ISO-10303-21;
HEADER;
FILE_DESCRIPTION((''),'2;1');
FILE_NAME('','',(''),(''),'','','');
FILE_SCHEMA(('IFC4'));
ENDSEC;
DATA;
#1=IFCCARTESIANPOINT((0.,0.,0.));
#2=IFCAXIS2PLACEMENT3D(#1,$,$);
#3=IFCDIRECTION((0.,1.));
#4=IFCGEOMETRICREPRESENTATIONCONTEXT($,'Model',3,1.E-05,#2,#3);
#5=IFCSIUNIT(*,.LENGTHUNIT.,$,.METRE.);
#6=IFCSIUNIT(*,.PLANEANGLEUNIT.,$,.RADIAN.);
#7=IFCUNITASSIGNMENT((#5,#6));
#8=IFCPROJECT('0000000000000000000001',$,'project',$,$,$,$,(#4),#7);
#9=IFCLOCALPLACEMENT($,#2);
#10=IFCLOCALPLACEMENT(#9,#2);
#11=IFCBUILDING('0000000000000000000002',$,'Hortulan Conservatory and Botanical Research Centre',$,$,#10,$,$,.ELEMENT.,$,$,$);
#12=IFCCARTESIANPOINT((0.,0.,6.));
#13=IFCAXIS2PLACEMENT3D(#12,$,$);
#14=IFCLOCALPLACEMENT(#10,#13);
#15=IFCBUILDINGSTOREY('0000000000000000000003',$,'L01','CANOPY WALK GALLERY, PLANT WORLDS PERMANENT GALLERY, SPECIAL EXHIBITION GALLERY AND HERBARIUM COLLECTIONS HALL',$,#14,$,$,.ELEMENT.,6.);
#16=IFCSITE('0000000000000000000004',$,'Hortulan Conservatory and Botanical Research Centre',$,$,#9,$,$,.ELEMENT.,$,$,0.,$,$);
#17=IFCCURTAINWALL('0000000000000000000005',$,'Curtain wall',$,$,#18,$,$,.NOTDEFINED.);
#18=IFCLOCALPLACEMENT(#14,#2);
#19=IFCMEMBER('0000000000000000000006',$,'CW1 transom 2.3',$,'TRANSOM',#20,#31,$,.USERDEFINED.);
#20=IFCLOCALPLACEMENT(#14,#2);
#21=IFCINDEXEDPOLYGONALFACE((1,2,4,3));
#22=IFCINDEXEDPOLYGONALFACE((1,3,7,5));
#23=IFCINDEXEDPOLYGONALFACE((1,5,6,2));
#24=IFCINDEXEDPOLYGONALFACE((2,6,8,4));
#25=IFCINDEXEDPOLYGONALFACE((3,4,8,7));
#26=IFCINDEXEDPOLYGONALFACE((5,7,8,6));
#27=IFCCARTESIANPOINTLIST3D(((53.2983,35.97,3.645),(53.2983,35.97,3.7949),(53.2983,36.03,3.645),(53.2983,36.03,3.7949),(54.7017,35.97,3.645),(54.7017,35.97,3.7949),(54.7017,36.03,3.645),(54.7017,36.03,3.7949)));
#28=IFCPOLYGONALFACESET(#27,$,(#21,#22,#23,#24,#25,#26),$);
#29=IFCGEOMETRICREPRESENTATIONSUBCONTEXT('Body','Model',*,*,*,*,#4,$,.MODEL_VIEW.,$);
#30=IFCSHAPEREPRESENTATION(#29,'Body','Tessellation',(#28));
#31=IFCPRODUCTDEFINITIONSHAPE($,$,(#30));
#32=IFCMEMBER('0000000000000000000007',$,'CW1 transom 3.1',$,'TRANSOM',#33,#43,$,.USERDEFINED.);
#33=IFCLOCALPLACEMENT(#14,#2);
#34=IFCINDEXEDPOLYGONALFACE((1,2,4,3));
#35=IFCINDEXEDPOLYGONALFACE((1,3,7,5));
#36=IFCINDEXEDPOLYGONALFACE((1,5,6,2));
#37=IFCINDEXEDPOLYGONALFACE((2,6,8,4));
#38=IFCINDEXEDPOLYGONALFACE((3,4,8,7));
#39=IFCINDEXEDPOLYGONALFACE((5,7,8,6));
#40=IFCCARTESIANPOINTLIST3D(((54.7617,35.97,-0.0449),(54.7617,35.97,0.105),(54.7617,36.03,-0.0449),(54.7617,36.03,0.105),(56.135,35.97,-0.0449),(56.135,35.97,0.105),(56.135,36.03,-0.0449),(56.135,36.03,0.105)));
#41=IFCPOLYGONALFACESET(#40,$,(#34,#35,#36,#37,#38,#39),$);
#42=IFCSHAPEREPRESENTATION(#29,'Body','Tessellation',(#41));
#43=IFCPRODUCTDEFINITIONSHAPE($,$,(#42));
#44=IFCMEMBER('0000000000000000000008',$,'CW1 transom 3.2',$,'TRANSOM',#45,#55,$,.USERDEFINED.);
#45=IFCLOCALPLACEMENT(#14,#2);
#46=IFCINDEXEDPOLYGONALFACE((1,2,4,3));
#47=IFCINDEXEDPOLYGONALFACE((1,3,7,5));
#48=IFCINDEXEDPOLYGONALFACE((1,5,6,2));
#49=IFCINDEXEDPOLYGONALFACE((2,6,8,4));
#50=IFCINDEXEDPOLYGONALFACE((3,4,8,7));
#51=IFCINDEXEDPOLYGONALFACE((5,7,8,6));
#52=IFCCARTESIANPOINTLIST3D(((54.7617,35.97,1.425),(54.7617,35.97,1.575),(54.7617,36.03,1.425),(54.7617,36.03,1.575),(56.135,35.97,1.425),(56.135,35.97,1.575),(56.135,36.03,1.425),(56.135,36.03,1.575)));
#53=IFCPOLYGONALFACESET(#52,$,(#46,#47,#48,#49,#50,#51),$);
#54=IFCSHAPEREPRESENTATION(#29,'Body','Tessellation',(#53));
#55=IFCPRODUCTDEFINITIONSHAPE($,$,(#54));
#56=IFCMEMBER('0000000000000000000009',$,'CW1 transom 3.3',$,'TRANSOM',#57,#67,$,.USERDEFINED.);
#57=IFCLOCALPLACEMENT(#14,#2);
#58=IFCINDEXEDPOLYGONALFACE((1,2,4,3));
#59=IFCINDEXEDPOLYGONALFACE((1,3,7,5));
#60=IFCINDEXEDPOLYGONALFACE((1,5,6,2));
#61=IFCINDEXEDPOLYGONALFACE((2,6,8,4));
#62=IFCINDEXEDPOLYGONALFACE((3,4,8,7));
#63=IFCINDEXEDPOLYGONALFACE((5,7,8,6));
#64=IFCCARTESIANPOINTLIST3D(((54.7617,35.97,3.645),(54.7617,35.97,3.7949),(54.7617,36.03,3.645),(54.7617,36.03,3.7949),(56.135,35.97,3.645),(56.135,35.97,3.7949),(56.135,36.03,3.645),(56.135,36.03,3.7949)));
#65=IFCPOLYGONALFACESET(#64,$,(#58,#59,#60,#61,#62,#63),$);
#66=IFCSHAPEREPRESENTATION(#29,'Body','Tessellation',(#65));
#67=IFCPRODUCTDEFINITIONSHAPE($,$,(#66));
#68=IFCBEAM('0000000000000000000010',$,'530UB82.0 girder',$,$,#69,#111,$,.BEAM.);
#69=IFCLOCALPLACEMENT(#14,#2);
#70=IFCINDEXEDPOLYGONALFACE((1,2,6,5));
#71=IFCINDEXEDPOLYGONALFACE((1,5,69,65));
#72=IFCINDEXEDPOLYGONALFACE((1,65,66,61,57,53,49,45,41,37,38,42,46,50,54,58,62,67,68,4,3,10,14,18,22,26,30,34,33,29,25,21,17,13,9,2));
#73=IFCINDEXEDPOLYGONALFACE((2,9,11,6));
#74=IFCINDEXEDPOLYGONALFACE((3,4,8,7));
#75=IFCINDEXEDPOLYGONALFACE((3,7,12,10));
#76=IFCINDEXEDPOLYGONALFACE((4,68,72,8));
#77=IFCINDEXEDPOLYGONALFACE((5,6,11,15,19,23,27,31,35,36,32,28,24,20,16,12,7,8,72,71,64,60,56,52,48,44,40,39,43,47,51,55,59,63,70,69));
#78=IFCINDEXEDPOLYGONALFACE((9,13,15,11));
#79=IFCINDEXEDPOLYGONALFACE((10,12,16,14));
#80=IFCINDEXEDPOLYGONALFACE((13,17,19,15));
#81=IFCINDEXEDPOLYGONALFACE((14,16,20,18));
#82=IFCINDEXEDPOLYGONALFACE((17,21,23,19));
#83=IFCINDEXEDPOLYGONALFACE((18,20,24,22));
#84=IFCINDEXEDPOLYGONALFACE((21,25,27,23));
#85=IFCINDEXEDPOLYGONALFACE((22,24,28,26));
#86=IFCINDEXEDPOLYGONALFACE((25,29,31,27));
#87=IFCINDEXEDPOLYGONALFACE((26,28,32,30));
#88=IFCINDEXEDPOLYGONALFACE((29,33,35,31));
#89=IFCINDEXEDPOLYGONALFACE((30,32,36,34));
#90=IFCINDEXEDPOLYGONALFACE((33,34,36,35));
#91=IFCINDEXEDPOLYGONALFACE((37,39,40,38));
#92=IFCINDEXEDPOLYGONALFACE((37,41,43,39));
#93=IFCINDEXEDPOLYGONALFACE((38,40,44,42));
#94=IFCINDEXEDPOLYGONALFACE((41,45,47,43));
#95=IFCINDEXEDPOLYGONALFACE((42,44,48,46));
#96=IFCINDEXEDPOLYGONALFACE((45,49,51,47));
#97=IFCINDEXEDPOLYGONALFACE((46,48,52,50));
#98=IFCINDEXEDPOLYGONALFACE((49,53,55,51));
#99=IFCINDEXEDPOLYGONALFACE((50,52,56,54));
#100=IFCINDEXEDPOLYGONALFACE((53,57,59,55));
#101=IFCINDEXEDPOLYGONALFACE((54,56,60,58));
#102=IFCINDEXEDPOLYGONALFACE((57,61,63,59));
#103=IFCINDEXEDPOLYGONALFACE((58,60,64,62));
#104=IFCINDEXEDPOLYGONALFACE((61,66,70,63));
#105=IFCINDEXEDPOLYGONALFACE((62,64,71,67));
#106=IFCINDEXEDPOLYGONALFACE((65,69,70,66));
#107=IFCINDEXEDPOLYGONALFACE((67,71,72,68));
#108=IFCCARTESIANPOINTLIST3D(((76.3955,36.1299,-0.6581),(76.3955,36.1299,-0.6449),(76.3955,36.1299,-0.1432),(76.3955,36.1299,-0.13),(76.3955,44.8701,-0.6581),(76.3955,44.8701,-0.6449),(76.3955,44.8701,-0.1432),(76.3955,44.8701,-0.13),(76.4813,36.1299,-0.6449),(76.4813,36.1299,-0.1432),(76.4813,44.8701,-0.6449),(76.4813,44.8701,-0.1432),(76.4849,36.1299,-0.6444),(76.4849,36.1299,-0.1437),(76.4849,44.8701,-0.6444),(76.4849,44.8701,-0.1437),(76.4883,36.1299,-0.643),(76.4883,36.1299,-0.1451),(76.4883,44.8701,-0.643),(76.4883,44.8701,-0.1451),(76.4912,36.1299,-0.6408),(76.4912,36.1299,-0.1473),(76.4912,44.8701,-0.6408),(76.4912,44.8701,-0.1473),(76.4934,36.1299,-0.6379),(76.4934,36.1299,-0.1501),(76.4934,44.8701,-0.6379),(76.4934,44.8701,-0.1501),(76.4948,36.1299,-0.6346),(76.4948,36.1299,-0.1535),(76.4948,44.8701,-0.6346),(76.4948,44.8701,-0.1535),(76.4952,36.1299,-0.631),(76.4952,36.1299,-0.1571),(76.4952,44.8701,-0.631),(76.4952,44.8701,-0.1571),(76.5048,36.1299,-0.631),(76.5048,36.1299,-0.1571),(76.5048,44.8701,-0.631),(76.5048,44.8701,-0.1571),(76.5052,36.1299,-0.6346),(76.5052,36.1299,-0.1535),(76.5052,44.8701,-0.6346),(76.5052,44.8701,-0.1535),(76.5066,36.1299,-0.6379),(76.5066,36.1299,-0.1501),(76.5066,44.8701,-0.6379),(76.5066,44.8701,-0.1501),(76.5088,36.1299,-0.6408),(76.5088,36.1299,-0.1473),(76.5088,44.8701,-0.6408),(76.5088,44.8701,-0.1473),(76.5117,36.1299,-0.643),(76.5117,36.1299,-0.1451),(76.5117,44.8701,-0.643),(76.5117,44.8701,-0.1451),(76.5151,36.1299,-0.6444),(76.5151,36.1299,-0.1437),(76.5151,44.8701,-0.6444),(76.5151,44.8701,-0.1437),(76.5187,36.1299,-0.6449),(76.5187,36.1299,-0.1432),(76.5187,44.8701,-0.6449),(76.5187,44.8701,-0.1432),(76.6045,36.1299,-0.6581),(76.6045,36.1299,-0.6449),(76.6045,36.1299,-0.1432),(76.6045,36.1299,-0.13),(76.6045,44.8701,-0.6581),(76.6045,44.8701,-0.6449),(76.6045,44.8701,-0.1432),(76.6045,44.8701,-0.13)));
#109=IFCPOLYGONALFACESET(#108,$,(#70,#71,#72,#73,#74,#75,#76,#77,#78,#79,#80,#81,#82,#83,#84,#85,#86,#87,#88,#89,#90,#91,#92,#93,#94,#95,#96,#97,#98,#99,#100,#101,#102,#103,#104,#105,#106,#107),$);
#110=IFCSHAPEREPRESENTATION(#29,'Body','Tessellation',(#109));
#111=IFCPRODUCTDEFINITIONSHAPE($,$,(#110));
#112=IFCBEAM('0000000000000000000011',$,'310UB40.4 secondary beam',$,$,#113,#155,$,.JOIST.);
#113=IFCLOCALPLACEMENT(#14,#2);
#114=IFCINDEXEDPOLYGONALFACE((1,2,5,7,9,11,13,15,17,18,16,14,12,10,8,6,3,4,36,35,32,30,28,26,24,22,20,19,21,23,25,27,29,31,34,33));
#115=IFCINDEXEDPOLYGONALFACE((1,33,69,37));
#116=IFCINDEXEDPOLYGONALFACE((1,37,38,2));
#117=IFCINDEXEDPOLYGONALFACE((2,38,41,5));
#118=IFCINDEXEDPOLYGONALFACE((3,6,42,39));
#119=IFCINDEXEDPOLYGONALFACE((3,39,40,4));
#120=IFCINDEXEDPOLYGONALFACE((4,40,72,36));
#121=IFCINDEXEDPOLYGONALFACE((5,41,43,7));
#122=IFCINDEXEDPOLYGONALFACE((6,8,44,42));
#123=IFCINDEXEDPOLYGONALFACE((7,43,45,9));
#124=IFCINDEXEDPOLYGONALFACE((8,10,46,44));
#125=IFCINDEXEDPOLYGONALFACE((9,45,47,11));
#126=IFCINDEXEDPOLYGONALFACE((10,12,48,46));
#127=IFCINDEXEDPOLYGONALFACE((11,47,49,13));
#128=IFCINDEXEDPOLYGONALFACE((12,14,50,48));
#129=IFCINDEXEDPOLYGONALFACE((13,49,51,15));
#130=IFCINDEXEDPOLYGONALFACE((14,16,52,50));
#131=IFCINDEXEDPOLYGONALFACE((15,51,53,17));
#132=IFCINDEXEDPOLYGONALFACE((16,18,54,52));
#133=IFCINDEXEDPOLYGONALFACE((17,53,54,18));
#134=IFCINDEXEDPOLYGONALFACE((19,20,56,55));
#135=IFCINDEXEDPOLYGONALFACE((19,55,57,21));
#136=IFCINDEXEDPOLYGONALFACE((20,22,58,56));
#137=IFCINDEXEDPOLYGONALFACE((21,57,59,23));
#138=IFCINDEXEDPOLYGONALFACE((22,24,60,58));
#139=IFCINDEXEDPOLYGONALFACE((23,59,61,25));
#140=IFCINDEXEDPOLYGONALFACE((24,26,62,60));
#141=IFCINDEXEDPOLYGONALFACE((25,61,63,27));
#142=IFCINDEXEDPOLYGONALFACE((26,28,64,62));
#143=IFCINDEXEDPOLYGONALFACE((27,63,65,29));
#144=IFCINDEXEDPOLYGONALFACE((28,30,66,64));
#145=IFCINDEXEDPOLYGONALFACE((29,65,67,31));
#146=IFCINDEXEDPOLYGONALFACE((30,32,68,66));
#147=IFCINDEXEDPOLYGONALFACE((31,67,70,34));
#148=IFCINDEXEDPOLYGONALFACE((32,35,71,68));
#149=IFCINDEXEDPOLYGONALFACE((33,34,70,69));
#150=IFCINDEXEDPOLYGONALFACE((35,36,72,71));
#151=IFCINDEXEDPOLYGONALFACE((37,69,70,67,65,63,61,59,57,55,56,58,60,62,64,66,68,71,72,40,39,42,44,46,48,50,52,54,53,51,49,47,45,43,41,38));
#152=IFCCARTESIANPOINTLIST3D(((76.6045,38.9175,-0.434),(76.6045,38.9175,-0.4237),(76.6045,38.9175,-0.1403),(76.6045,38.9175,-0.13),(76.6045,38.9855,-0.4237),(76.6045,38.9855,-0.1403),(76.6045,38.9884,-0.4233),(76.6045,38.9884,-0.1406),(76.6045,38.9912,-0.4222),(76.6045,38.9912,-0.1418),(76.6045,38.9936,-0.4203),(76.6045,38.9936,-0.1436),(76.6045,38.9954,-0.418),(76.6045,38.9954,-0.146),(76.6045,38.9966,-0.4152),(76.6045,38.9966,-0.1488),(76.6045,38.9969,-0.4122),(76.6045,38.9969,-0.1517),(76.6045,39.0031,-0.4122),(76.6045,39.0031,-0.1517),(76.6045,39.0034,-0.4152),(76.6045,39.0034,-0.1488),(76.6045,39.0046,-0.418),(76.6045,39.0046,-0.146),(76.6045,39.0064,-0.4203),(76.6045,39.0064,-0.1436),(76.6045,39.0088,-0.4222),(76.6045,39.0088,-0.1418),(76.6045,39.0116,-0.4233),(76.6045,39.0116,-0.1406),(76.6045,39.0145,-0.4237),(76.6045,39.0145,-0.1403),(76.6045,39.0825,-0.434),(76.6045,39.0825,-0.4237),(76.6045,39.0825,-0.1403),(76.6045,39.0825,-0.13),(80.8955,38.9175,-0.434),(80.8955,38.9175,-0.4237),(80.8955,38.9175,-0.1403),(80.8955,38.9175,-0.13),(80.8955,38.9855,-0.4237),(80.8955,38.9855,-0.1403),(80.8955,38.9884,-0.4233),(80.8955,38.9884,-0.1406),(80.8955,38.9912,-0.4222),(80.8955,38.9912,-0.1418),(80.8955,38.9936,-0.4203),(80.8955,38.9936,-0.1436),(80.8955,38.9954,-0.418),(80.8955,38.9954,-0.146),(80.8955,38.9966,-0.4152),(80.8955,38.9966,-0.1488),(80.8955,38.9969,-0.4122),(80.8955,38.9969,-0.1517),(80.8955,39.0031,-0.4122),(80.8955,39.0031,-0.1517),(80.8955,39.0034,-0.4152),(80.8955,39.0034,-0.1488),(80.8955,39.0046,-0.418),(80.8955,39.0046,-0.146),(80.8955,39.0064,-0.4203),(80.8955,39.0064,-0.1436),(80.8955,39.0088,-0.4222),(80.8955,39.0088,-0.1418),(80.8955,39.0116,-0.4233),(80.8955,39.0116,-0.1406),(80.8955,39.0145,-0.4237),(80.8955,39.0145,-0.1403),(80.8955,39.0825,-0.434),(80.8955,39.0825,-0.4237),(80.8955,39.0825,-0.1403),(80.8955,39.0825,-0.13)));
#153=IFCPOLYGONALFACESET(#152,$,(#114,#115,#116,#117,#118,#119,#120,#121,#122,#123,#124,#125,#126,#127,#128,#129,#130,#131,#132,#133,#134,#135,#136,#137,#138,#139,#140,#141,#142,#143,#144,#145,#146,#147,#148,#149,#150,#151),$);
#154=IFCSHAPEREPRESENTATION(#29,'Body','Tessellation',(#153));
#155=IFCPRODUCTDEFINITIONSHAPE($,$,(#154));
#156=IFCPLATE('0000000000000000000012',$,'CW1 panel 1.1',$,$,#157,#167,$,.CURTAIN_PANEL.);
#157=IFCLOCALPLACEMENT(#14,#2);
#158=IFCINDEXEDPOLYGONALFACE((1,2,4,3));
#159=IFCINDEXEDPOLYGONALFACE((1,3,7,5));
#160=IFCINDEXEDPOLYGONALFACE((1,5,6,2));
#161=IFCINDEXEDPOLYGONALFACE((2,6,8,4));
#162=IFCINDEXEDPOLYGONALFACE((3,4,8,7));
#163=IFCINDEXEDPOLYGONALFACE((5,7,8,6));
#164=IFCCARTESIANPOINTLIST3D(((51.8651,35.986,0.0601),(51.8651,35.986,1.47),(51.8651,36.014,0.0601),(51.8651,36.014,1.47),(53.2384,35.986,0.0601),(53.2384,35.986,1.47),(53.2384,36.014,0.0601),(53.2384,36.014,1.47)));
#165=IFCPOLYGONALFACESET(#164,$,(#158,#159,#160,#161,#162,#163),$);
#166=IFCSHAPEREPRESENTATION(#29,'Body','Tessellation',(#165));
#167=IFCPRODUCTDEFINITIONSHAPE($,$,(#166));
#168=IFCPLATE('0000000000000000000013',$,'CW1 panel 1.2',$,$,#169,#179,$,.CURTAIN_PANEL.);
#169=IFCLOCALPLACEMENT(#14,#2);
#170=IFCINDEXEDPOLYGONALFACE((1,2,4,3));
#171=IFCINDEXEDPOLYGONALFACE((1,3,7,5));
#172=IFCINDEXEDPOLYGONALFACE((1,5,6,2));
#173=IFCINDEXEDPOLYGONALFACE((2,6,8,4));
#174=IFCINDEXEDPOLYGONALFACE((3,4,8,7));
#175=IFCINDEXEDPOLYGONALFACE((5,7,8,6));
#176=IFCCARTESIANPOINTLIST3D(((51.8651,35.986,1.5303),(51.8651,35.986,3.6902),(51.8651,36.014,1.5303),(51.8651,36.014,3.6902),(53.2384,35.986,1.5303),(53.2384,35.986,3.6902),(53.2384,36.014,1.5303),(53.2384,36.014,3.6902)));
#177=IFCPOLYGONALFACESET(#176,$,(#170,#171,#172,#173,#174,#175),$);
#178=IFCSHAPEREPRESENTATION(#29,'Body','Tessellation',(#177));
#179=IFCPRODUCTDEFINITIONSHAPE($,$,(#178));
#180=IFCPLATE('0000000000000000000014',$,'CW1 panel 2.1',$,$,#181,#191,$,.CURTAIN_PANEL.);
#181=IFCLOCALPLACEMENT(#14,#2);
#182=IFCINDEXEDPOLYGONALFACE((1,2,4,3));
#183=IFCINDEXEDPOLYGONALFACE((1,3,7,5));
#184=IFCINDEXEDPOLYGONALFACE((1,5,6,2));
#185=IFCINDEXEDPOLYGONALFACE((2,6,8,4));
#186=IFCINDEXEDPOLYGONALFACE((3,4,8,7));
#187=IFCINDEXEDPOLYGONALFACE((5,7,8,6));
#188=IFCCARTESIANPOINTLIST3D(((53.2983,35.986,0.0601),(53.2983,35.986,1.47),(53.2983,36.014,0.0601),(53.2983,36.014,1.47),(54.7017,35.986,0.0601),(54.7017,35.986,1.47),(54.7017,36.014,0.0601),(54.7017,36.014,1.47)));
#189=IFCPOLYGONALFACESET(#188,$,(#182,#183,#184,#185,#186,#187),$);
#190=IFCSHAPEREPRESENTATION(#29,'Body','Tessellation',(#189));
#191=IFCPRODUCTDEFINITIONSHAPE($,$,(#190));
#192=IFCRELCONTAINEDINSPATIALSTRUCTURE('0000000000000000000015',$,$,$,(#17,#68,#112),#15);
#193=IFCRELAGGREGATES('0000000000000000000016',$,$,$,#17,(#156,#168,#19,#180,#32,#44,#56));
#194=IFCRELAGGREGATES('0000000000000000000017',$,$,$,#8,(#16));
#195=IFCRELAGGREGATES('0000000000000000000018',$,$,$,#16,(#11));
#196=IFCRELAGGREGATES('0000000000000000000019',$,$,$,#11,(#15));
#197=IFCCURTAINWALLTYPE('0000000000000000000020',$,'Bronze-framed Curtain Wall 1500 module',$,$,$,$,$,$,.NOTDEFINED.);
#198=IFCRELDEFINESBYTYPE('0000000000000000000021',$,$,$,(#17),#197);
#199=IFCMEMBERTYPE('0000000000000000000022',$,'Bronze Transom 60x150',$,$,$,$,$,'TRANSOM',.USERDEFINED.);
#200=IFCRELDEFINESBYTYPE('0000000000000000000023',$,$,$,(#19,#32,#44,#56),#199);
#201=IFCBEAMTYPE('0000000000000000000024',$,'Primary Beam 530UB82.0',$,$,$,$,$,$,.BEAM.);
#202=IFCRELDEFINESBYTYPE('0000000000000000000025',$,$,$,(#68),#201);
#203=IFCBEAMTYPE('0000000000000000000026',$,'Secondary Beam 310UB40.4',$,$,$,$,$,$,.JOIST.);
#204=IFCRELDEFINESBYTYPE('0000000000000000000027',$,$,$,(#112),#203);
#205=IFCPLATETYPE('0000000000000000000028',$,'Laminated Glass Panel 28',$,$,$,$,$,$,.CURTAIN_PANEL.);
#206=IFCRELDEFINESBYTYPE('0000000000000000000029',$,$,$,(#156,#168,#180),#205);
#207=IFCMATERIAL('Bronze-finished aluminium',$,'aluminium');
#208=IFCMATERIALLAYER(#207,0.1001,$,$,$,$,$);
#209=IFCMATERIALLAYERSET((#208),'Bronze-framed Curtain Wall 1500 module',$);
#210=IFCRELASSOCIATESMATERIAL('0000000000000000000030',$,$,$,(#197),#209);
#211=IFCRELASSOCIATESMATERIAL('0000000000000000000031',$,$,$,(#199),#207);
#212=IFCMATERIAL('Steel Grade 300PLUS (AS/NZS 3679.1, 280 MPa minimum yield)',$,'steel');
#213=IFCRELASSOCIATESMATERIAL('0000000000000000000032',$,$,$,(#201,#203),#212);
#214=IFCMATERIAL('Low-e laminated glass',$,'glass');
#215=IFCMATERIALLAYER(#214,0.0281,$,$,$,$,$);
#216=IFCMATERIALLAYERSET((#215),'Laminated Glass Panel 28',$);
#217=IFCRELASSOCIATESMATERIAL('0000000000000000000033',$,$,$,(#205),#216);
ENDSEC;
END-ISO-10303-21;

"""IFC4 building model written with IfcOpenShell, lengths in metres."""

from ifc_helpers import new_model, si_unit, direction, frame, origin, origin_2d, place, context, subcontext, project, spatial, rectangle, i_section, extrude, material, layer, layer_set, material_profile, profile_set, type_object, element, aggregate, save


model = new_model("IFC4")

# Units and contexts
model_context = context("Model", 3, precision=1e-05, world=origin(), true_north=direction((0.0, 1.0)))
body_context = subcontext(model_context, "Body", "Model", "MODEL_VIEW")
ifc_project = project(units=[si_unit("LENGTHUNIT", "METRE"), si_unit("PLANEANGLEUNIT", "RADIAN")], contexts=[model_context])

# Site, building, storey
site_placement = place(None, origin())
site = spatial("IfcSite", under=ifc_project, at=site_placement, Name="Hortulan Conservatory and Botanical Research Centre", CompositionType="ELEMENT", RefElevation=0.0)
building_placement = place(site_placement, origin())
building = spatial("IfcBuilding", under=site, at=building_placement, Name="Hortulan Conservatory and Botanical Research Centre", CompositionType="ELEMENT")
storey_placement = place(building_placement, frame((0.0, 0.0, 6.0)))
storey = spatial("IfcBuildingStorey", under=building, at=storey_placement, Name="L01", Description="CANOPY WALK GALLERY, PLANT WORLDS PERMANENT GALLERY, SPECIAL EXHIBITION GALLERY AND HERBARIUM COLLECTIONS HALL", CompositionType="ELEMENT", Elevation=6.0)

# Shared definitions
ifc_material_1 = material(Name="Steel Grade 300PLUS (AS/NZS 3679.1, 280 MPa minimum yield)", Category="steel")

# Curtain wall, members
ifc_material_2 = material(Name="Bronze-finished aluminium", Category="aluminium")
ifc_layer_1 = layer(ifc_material_2, 0.1001)
ifc_layer_set_1 = layer_set([ifc_layer_1], Name="Bronze-framed Curtain Wall 1500 module")
curtain_wall_type = type_object("IfcCurtainWallType", Name="Bronze-framed Curtain Wall 1500 module", PredefinedType="NOTDEFINED", material=ifc_layer_set_1)
curtain_wall_placement = place(storey_placement, origin())
curtain_wall = element("IfcCurtainWall", 1, at=curtain_wall_placement, inside=storey, type_object=curtain_wall_type, Name="Curtain wall", PredefinedType="NOTDEFINED")
ifc_material_profile_1 = material_profile(ifc_material_2, rectangle(XDim=0.0601, YDim=0.1499, at=origin_2d()), Name="Bronze Transom 60x150")
ifc_profile_set_1 = profile_set([ifc_material_profile_1], Name="Bronze-finished aluminium")
member_type_1 = type_object("IfcMemberType", Name="Bronze Transom 60x150", ElementType="TRANSOM", PredefinedType="USERDEFINED", material=ifc_profile_set_1)
member_1_placement = place(storey_placement, frame((53.2983, 36.0, 3.72), z_axis=(1.0, 0.0, 0.0), x_axis=(0.0, 1.0, 0.0)))
member_1 = element("IfcMember", 2, at=member_1_placement, type_object=member_type_1, Name="CW1 transom 2.3", ObjectType="TRANSOM", PredefinedType="USERDEFINED", context=body_context, shape_type="SweptSolid", body=[
    extrude(rectangle(XDim=0.0601, YDim=0.1499, at=origin_2d()), origin(), (0.0, 0.0, 1.0), 1.4033),
])
member_2_placement = place(storey_placement, frame((54.7617, 36.0, 0.03), z_axis=(1.0, 0.0, 0.0), x_axis=(0.0, 1.0, 0.0)))
member_2 = element("IfcMember", 3, at=member_2_placement, type_object=member_type_1, Name="CW1 transom 3.1", ObjectType="TRANSOM", PredefinedType="USERDEFINED", context=body_context, shape_type="SweptSolid", body=[
    extrude(rectangle(XDim=0.0601, YDim=0.1499, at=origin_2d()), origin(), (0.0, 0.0, 1.0), 1.3733),
])
member_3_placement = place(storey_placement, frame((54.7617, 36.0, 1.5), z_axis=(1.0, 0.0, 0.0), x_axis=(0.0, 1.0, 0.0)))
member_3 = element("IfcMember", 4, at=member_3_placement, type_object=member_type_1, Name="CW1 transom 3.2", ObjectType="TRANSOM", PredefinedType="USERDEFINED", context=body_context, shape_type="SweptSolid", body=[
    extrude(rectangle(XDim=0.0601, YDim=0.1499, at=origin_2d()), origin(), (0.0, 0.0, 1.0), 1.3733),
])
member_4_placement = place(storey_placement, frame((54.7617, 36.0, 3.72), z_axis=(1.0, 0.0, 0.0), x_axis=(0.0, 1.0, 0.0)))
member_4 = element("IfcMember", 5, at=member_4_placement, type_object=member_type_1, Name="CW1 transom 3.3", ObjectType="TRANSOM", PredefinedType="USERDEFINED", context=body_context, shape_type="SweptSolid", body=[
    extrude(rectangle(XDim=0.0601, YDim=0.1499, at=origin_2d()), origin(), (0.0, 0.0, 1.0), 1.3733),
])

# Beams
ifc_material_profile_2 = material_profile(ifc_material_1, i_section(OverallWidth=0.209, OverallDepth=0.5281, WebThickness=0.0095, FlangeThickness=0.0132, FilletRadius=0.0139, at=origin_2d()), Name="530UB82.0")
ifc_profile_set_2 = profile_set([ifc_material_profile_2], Name="Steel Grade 300PLUS (AS/NZS 3679.1, 280 MPa minimum yield)")
beam_type_1 = type_object("IfcBeamType", Name="Primary Beam 530UB82.0", PredefinedType="BEAM", material=ifc_profile_set_2)
beam_1_placement = place(storey_placement, frame((76.5, 36.1299, -0.394), z_axis=(0.0, 1.0, 0.0), x_axis=(-1.0, 0.0, 0.0)))
element("IfcBeam", 6, at=beam_1_placement, inside=storey, type_object=beam_type_1, Name="530UB82.0 girder", PredefinedType="BEAM", context=body_context, shape_type="SweptSolid", body=[
    extrude(i_section(OverallWidth=0.209, OverallDepth=0.5281, WebThickness=0.0095, FlangeThickness=0.0132, FilletRadius=0.0139, at=origin_2d()), origin(), (0.0, 0.0, 1.0), 8.7402),
])
ifc_material_profile_3 = material_profile(ifc_material_1, i_section(OverallWidth=0.165, OverallDepth=0.304, WebThickness=0.0061, FlangeThickness=0.0103, FilletRadius=0.0115, at=origin_2d()), Name="310UB40.4")
ifc_profile_set_3 = profile_set([ifc_material_profile_3], Name="Steel Grade 300PLUS (AS/NZS 3679.1, 280 MPa minimum yield)")
beam_type_2 = type_object("IfcBeamType", Name="Secondary Beam 310UB40.4", PredefinedType="JOIST", material=ifc_profile_set_3)
beam_2_placement = place(storey_placement, frame((76.6045, 39.0, -0.282), z_axis=(1.0, 0.0, 0.0), x_axis=(0.0, 1.0, 0.0)))
element("IfcBeam", 7, at=beam_2_placement, inside=storey, type_object=beam_type_2, Name="310UB40.4 secondary beam", PredefinedType="JOIST", context=body_context, shape_type="SweptSolid", body=[
    extrude(i_section(OverallWidth=0.165, OverallDepth=0.304, WebThickness=0.0061, FlangeThickness=0.0103, FilletRadius=0.0115, at=origin_2d()), origin(), (0.0, 0.0, 1.0), 4.291),
])

# Plates
ifc_material_3 = material(Name="Low-e laminated glass", Category="glass")
ifc_layer_2 = layer(ifc_material_3, 0.0281)
ifc_layer_set_2 = layer_set([ifc_layer_2], Name="Laminated Glass Panel 28")
plate_type = type_object("IfcPlateType", Name="Laminated Glass Panel 28", PredefinedType="CURTAIN_PANEL", material=ifc_layer_set_2)
plate_1_placement = place(storey_placement, frame((52.5518, 36.0, 0.0601), z_axis=(0.0, 0.0, 1.0), x_axis=(1.0, 0.0, 0.0)))
plate_1 = element("IfcPlate", 8, at=plate_1_placement, type_object=plate_type, Name="CW1 panel 1.1", PredefinedType="CURTAIN_PANEL", context=body_context, shape_type="SweptSolid", body=[
    extrude(rectangle(XDim=1.3733, YDim=0.0281, at=origin_2d()), origin(), (0.0, 0.0, 1.0), 1.4099),
])
plate_2_placement = place(storey_placement, frame((52.5518, 36.0, 1.5303), z_axis=(0.0, 0.0, 1.0), x_axis=(1.0, 0.0, 0.0)))
plate_2 = element("IfcPlate", 9, at=plate_2_placement, type_object=plate_type, Name="CW1 panel 1.2", PredefinedType="CURTAIN_PANEL", context=body_context, shape_type="SweptSolid", body=[
    extrude(rectangle(XDim=1.3733, YDim=0.0281, at=origin_2d()), origin(), (0.0, 0.0, 1.0), 2.1599),
])
plate_3_placement = place(storey_placement, frame((54.0, 36.0, 0.0601), z_axis=(0.0, 0.0, 1.0), x_axis=(1.0, 0.0, 0.0)))
plate_3 = element("IfcPlate", 10, at=plate_3_placement, type_object=plate_type, Name="CW1 panel 2.1", PredefinedType="CURTAIN_PANEL", context=body_context, shape_type="SweptSolid", body=[
    extrude(rectangle(XDim=1.4033, YDim=0.0281, at=origin_2d()), origin(), (0.0, 0.0, 1.0), 1.4099),
])
aggregate(curtain_wall, [plate_1, plate_2, member_1, plate_3, member_2, member_3, member_4])

save(model, "model.ifc")
